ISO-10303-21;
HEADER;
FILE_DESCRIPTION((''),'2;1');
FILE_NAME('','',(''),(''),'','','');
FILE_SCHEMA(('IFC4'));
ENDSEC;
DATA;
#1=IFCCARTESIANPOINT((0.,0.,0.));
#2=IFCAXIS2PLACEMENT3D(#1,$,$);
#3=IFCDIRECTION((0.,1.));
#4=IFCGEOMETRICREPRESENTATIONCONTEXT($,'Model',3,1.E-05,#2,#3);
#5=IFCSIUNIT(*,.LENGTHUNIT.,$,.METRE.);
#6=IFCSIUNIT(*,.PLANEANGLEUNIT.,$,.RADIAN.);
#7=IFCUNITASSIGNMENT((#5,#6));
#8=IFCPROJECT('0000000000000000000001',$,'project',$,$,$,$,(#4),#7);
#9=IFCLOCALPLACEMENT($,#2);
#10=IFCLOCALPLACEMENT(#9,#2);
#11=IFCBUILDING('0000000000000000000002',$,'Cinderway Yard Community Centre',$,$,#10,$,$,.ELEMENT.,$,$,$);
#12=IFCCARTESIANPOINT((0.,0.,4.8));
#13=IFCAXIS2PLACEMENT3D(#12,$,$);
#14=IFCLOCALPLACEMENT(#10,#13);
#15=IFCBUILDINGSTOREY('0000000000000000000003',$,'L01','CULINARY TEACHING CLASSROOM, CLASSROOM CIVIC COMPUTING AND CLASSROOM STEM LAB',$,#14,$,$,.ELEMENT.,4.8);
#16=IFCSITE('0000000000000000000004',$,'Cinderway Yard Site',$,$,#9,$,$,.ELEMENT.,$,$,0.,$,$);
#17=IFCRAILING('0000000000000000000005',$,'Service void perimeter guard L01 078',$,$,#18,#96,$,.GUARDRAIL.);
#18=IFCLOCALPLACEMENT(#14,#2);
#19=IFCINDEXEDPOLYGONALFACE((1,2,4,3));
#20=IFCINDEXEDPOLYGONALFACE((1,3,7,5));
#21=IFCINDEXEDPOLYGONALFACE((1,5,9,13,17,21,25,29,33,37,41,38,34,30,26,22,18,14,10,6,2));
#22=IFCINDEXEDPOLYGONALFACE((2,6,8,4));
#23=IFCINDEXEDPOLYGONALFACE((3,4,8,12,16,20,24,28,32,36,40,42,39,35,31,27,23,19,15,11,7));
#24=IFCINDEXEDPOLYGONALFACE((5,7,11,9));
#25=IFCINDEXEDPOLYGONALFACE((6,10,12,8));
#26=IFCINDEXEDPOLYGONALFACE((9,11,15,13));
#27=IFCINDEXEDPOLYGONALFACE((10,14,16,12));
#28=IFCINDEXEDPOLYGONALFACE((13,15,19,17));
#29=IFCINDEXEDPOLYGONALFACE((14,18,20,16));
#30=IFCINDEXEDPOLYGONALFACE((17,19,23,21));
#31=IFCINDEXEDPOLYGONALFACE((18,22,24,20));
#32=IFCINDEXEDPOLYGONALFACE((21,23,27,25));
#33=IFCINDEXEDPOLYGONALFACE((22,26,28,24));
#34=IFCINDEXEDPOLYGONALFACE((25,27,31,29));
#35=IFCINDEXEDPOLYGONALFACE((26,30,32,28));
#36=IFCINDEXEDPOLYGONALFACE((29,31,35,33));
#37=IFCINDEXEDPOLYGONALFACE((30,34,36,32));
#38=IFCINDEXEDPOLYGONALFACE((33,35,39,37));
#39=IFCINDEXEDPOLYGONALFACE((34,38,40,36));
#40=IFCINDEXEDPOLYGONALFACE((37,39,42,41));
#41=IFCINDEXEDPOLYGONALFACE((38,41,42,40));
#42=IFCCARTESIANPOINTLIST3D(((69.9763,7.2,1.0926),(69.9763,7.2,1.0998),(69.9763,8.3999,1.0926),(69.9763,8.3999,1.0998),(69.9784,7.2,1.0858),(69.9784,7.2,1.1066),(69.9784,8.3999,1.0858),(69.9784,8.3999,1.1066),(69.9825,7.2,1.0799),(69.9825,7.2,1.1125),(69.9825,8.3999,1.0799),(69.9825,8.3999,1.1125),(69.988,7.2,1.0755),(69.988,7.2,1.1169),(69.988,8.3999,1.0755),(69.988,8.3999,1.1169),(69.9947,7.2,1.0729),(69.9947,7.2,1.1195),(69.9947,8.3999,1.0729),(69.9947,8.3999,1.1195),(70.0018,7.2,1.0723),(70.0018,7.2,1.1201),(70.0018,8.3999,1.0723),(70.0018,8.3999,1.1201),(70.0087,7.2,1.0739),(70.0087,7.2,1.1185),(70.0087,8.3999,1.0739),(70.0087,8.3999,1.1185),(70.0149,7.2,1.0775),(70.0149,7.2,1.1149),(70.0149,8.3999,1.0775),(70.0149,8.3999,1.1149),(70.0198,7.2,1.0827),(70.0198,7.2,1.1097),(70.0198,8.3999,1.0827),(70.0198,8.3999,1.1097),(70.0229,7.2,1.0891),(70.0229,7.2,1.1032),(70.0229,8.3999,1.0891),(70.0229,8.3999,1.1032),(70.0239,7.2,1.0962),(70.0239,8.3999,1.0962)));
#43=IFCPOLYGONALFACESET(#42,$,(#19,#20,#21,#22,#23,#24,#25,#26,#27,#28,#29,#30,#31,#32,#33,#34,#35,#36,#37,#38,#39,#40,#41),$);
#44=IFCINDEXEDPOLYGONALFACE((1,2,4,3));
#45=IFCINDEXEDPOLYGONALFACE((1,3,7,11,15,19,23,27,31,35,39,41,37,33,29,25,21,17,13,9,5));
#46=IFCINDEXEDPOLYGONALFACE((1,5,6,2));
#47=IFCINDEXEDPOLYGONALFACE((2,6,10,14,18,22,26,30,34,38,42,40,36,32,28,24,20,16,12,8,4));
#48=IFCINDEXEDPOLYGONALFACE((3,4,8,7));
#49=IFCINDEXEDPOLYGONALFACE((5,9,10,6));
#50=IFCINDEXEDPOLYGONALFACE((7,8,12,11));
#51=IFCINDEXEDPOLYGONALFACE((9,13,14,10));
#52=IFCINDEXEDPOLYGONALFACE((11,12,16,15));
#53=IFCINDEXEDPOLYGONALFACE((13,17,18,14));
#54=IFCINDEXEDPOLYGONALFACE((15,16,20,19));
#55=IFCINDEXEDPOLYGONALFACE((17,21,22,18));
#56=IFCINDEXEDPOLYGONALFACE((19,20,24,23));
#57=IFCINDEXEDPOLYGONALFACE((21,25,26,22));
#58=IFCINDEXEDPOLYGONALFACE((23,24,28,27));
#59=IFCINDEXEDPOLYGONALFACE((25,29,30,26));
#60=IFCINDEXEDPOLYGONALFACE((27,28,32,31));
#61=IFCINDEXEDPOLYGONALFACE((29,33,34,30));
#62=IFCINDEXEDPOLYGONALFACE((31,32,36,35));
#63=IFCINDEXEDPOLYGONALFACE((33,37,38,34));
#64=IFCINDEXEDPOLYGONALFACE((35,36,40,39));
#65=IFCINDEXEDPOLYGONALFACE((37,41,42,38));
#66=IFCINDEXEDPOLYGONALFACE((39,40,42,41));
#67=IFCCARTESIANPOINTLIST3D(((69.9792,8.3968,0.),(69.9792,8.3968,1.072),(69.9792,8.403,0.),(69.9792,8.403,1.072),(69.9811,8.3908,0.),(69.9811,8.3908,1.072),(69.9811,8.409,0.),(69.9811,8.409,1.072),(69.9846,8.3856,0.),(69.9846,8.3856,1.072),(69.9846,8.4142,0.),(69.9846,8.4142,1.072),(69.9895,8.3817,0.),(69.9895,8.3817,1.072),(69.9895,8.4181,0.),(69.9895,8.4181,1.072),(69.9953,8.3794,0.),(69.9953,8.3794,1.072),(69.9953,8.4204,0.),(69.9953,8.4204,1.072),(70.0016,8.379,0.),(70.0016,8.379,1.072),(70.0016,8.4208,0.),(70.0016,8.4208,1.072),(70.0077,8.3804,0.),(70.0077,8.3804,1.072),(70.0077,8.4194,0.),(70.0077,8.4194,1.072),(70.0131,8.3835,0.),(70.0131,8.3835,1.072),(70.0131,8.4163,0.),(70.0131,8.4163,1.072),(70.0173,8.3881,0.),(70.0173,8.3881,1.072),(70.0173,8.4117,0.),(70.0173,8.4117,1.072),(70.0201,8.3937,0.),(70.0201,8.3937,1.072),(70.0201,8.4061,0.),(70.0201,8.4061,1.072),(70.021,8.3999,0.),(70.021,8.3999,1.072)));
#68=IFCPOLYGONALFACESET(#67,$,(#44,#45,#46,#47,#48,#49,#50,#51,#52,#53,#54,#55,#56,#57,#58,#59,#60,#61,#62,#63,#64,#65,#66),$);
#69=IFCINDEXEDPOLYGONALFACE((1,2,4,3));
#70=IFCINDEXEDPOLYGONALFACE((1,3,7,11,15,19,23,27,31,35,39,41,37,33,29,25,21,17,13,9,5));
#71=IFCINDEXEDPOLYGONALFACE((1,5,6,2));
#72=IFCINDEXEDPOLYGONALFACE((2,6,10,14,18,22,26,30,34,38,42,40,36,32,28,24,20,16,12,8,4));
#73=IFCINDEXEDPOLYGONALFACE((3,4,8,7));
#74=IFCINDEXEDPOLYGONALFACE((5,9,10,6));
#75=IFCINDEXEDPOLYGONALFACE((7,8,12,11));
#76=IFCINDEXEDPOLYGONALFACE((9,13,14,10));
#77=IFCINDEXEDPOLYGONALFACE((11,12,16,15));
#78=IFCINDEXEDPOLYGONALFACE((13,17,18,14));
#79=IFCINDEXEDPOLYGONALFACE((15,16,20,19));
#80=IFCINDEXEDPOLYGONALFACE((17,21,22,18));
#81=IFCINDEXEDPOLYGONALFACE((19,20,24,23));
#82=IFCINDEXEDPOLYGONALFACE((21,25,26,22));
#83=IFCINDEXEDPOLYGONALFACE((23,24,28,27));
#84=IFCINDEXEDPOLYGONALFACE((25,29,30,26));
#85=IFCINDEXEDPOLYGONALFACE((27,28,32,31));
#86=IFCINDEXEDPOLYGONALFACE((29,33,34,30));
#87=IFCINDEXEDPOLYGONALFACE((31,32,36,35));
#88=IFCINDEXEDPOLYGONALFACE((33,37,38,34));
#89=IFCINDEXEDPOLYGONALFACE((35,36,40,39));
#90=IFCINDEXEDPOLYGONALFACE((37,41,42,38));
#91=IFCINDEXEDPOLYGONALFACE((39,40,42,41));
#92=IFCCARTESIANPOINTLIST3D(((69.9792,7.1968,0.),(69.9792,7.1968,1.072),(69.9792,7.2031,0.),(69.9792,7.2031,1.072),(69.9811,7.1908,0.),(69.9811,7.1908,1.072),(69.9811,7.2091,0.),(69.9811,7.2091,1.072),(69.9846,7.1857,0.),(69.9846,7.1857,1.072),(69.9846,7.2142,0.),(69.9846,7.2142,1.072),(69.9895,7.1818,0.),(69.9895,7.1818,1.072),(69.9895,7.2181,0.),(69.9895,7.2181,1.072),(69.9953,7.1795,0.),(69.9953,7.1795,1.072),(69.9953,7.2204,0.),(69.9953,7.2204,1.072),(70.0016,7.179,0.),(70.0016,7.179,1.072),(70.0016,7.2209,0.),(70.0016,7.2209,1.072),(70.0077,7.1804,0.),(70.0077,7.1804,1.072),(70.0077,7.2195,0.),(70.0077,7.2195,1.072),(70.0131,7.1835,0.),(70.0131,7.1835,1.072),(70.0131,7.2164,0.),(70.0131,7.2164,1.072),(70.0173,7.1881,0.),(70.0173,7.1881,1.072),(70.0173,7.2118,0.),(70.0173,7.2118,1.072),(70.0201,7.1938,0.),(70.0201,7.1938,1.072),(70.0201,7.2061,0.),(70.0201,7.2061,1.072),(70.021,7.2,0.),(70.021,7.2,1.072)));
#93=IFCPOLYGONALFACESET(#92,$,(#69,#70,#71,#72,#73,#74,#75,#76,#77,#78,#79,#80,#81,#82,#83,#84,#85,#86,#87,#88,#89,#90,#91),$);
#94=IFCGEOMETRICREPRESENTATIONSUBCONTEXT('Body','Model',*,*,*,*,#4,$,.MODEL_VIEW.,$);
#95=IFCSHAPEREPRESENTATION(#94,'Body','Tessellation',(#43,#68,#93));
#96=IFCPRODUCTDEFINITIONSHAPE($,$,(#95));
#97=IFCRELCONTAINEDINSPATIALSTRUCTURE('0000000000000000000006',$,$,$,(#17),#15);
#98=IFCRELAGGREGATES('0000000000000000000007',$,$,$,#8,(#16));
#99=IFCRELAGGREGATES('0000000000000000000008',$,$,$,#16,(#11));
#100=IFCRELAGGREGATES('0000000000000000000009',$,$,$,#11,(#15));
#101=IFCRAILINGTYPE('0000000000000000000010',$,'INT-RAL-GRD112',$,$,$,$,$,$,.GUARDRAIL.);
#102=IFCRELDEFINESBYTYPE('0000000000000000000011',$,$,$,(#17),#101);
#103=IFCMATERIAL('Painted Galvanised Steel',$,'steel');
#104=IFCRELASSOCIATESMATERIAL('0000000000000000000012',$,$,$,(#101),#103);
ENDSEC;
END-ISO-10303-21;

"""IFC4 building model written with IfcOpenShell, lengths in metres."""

from ifc_helpers import new_model, si_unit, direction, frame, origin, origin_2d, place, context, subcontext, project, spatial, circle, extrude, material, type_object, element, save


model = new_model("IFC4")

# Units and contexts
model_context = context("Model", 3, precision=1e-05, world=origin(), true_north=direction((0.0, 1.0)))
body_context = subcontext(model_context, "Body", "Model", "MODEL_VIEW")
ifc_project = project(units=[si_unit("LENGTHUNIT", "METRE"), si_unit("PLANEANGLEUNIT", "RADIAN")], contexts=[model_context])

# Site, building, storey
site_placement = place(None, origin())
site = spatial("IfcSite", under=ifc_project, at=site_placement, Name="Cinderway Yard Site", CompositionType="ELEMENT", RefElevation=0.0)
building_placement = place(site_placement, origin())
building = spatial("IfcBuilding", under=site, at=building_placement, Name="Cinderway Yard Community Centre", CompositionType="ELEMENT")
storey_placement = place(building_placement, frame((0.0, 0.0, 4.8)))
storey = spatial("IfcBuildingStorey", under=building, at=storey_placement, Name="L01", Description="CULINARY TEACHING CLASSROOM, CLASSROOM CIVIC COMPUTING AND CLASSROOM STEM LAB", CompositionType="ELEMENT", Elevation=4.8)

# Shared definitions
ifc_material_1 = material(Name="Painted Galvanised Steel", Category="steel")

# Railing
railing_type = type_object("IfcRailingType", Name="INT-RAL-GRD112", PredefinedType="GUARDRAIL", material=ifc_material_1)
railing_1_placement = place(storey_placement, frame((70.0, 8.3999, 0.0)))
element("IfcRailing", 1, at=railing_1_placement, inside=storey, type_object=railing_type, Name="Service void perimeter guard L01 078", PredefinedType="GUARDRAIL", context=body_context, shape_type="SweptSolid", body=[
    extrude(circle(Radius=0.0239, at=origin_2d()), frame((0.0, 0.0, 1.0962), z_axis=(0.0, -1.0, 0.0), x_axis=(1.0, 0.0, 0.0)), (0.0, 0.0, 1.0), 1.2),
    extrude(circle(Radius=0.021, at=origin_2d()), origin(), (0.0, 0.0, 1.0), 1.072),
    extrude(circle(Radius=0.021, at=origin_2d()), frame((0.0, -1.2, 0.0)), (0.0, 0.0, 1.0), 1.072),
])

save(model, "model.ifc")
